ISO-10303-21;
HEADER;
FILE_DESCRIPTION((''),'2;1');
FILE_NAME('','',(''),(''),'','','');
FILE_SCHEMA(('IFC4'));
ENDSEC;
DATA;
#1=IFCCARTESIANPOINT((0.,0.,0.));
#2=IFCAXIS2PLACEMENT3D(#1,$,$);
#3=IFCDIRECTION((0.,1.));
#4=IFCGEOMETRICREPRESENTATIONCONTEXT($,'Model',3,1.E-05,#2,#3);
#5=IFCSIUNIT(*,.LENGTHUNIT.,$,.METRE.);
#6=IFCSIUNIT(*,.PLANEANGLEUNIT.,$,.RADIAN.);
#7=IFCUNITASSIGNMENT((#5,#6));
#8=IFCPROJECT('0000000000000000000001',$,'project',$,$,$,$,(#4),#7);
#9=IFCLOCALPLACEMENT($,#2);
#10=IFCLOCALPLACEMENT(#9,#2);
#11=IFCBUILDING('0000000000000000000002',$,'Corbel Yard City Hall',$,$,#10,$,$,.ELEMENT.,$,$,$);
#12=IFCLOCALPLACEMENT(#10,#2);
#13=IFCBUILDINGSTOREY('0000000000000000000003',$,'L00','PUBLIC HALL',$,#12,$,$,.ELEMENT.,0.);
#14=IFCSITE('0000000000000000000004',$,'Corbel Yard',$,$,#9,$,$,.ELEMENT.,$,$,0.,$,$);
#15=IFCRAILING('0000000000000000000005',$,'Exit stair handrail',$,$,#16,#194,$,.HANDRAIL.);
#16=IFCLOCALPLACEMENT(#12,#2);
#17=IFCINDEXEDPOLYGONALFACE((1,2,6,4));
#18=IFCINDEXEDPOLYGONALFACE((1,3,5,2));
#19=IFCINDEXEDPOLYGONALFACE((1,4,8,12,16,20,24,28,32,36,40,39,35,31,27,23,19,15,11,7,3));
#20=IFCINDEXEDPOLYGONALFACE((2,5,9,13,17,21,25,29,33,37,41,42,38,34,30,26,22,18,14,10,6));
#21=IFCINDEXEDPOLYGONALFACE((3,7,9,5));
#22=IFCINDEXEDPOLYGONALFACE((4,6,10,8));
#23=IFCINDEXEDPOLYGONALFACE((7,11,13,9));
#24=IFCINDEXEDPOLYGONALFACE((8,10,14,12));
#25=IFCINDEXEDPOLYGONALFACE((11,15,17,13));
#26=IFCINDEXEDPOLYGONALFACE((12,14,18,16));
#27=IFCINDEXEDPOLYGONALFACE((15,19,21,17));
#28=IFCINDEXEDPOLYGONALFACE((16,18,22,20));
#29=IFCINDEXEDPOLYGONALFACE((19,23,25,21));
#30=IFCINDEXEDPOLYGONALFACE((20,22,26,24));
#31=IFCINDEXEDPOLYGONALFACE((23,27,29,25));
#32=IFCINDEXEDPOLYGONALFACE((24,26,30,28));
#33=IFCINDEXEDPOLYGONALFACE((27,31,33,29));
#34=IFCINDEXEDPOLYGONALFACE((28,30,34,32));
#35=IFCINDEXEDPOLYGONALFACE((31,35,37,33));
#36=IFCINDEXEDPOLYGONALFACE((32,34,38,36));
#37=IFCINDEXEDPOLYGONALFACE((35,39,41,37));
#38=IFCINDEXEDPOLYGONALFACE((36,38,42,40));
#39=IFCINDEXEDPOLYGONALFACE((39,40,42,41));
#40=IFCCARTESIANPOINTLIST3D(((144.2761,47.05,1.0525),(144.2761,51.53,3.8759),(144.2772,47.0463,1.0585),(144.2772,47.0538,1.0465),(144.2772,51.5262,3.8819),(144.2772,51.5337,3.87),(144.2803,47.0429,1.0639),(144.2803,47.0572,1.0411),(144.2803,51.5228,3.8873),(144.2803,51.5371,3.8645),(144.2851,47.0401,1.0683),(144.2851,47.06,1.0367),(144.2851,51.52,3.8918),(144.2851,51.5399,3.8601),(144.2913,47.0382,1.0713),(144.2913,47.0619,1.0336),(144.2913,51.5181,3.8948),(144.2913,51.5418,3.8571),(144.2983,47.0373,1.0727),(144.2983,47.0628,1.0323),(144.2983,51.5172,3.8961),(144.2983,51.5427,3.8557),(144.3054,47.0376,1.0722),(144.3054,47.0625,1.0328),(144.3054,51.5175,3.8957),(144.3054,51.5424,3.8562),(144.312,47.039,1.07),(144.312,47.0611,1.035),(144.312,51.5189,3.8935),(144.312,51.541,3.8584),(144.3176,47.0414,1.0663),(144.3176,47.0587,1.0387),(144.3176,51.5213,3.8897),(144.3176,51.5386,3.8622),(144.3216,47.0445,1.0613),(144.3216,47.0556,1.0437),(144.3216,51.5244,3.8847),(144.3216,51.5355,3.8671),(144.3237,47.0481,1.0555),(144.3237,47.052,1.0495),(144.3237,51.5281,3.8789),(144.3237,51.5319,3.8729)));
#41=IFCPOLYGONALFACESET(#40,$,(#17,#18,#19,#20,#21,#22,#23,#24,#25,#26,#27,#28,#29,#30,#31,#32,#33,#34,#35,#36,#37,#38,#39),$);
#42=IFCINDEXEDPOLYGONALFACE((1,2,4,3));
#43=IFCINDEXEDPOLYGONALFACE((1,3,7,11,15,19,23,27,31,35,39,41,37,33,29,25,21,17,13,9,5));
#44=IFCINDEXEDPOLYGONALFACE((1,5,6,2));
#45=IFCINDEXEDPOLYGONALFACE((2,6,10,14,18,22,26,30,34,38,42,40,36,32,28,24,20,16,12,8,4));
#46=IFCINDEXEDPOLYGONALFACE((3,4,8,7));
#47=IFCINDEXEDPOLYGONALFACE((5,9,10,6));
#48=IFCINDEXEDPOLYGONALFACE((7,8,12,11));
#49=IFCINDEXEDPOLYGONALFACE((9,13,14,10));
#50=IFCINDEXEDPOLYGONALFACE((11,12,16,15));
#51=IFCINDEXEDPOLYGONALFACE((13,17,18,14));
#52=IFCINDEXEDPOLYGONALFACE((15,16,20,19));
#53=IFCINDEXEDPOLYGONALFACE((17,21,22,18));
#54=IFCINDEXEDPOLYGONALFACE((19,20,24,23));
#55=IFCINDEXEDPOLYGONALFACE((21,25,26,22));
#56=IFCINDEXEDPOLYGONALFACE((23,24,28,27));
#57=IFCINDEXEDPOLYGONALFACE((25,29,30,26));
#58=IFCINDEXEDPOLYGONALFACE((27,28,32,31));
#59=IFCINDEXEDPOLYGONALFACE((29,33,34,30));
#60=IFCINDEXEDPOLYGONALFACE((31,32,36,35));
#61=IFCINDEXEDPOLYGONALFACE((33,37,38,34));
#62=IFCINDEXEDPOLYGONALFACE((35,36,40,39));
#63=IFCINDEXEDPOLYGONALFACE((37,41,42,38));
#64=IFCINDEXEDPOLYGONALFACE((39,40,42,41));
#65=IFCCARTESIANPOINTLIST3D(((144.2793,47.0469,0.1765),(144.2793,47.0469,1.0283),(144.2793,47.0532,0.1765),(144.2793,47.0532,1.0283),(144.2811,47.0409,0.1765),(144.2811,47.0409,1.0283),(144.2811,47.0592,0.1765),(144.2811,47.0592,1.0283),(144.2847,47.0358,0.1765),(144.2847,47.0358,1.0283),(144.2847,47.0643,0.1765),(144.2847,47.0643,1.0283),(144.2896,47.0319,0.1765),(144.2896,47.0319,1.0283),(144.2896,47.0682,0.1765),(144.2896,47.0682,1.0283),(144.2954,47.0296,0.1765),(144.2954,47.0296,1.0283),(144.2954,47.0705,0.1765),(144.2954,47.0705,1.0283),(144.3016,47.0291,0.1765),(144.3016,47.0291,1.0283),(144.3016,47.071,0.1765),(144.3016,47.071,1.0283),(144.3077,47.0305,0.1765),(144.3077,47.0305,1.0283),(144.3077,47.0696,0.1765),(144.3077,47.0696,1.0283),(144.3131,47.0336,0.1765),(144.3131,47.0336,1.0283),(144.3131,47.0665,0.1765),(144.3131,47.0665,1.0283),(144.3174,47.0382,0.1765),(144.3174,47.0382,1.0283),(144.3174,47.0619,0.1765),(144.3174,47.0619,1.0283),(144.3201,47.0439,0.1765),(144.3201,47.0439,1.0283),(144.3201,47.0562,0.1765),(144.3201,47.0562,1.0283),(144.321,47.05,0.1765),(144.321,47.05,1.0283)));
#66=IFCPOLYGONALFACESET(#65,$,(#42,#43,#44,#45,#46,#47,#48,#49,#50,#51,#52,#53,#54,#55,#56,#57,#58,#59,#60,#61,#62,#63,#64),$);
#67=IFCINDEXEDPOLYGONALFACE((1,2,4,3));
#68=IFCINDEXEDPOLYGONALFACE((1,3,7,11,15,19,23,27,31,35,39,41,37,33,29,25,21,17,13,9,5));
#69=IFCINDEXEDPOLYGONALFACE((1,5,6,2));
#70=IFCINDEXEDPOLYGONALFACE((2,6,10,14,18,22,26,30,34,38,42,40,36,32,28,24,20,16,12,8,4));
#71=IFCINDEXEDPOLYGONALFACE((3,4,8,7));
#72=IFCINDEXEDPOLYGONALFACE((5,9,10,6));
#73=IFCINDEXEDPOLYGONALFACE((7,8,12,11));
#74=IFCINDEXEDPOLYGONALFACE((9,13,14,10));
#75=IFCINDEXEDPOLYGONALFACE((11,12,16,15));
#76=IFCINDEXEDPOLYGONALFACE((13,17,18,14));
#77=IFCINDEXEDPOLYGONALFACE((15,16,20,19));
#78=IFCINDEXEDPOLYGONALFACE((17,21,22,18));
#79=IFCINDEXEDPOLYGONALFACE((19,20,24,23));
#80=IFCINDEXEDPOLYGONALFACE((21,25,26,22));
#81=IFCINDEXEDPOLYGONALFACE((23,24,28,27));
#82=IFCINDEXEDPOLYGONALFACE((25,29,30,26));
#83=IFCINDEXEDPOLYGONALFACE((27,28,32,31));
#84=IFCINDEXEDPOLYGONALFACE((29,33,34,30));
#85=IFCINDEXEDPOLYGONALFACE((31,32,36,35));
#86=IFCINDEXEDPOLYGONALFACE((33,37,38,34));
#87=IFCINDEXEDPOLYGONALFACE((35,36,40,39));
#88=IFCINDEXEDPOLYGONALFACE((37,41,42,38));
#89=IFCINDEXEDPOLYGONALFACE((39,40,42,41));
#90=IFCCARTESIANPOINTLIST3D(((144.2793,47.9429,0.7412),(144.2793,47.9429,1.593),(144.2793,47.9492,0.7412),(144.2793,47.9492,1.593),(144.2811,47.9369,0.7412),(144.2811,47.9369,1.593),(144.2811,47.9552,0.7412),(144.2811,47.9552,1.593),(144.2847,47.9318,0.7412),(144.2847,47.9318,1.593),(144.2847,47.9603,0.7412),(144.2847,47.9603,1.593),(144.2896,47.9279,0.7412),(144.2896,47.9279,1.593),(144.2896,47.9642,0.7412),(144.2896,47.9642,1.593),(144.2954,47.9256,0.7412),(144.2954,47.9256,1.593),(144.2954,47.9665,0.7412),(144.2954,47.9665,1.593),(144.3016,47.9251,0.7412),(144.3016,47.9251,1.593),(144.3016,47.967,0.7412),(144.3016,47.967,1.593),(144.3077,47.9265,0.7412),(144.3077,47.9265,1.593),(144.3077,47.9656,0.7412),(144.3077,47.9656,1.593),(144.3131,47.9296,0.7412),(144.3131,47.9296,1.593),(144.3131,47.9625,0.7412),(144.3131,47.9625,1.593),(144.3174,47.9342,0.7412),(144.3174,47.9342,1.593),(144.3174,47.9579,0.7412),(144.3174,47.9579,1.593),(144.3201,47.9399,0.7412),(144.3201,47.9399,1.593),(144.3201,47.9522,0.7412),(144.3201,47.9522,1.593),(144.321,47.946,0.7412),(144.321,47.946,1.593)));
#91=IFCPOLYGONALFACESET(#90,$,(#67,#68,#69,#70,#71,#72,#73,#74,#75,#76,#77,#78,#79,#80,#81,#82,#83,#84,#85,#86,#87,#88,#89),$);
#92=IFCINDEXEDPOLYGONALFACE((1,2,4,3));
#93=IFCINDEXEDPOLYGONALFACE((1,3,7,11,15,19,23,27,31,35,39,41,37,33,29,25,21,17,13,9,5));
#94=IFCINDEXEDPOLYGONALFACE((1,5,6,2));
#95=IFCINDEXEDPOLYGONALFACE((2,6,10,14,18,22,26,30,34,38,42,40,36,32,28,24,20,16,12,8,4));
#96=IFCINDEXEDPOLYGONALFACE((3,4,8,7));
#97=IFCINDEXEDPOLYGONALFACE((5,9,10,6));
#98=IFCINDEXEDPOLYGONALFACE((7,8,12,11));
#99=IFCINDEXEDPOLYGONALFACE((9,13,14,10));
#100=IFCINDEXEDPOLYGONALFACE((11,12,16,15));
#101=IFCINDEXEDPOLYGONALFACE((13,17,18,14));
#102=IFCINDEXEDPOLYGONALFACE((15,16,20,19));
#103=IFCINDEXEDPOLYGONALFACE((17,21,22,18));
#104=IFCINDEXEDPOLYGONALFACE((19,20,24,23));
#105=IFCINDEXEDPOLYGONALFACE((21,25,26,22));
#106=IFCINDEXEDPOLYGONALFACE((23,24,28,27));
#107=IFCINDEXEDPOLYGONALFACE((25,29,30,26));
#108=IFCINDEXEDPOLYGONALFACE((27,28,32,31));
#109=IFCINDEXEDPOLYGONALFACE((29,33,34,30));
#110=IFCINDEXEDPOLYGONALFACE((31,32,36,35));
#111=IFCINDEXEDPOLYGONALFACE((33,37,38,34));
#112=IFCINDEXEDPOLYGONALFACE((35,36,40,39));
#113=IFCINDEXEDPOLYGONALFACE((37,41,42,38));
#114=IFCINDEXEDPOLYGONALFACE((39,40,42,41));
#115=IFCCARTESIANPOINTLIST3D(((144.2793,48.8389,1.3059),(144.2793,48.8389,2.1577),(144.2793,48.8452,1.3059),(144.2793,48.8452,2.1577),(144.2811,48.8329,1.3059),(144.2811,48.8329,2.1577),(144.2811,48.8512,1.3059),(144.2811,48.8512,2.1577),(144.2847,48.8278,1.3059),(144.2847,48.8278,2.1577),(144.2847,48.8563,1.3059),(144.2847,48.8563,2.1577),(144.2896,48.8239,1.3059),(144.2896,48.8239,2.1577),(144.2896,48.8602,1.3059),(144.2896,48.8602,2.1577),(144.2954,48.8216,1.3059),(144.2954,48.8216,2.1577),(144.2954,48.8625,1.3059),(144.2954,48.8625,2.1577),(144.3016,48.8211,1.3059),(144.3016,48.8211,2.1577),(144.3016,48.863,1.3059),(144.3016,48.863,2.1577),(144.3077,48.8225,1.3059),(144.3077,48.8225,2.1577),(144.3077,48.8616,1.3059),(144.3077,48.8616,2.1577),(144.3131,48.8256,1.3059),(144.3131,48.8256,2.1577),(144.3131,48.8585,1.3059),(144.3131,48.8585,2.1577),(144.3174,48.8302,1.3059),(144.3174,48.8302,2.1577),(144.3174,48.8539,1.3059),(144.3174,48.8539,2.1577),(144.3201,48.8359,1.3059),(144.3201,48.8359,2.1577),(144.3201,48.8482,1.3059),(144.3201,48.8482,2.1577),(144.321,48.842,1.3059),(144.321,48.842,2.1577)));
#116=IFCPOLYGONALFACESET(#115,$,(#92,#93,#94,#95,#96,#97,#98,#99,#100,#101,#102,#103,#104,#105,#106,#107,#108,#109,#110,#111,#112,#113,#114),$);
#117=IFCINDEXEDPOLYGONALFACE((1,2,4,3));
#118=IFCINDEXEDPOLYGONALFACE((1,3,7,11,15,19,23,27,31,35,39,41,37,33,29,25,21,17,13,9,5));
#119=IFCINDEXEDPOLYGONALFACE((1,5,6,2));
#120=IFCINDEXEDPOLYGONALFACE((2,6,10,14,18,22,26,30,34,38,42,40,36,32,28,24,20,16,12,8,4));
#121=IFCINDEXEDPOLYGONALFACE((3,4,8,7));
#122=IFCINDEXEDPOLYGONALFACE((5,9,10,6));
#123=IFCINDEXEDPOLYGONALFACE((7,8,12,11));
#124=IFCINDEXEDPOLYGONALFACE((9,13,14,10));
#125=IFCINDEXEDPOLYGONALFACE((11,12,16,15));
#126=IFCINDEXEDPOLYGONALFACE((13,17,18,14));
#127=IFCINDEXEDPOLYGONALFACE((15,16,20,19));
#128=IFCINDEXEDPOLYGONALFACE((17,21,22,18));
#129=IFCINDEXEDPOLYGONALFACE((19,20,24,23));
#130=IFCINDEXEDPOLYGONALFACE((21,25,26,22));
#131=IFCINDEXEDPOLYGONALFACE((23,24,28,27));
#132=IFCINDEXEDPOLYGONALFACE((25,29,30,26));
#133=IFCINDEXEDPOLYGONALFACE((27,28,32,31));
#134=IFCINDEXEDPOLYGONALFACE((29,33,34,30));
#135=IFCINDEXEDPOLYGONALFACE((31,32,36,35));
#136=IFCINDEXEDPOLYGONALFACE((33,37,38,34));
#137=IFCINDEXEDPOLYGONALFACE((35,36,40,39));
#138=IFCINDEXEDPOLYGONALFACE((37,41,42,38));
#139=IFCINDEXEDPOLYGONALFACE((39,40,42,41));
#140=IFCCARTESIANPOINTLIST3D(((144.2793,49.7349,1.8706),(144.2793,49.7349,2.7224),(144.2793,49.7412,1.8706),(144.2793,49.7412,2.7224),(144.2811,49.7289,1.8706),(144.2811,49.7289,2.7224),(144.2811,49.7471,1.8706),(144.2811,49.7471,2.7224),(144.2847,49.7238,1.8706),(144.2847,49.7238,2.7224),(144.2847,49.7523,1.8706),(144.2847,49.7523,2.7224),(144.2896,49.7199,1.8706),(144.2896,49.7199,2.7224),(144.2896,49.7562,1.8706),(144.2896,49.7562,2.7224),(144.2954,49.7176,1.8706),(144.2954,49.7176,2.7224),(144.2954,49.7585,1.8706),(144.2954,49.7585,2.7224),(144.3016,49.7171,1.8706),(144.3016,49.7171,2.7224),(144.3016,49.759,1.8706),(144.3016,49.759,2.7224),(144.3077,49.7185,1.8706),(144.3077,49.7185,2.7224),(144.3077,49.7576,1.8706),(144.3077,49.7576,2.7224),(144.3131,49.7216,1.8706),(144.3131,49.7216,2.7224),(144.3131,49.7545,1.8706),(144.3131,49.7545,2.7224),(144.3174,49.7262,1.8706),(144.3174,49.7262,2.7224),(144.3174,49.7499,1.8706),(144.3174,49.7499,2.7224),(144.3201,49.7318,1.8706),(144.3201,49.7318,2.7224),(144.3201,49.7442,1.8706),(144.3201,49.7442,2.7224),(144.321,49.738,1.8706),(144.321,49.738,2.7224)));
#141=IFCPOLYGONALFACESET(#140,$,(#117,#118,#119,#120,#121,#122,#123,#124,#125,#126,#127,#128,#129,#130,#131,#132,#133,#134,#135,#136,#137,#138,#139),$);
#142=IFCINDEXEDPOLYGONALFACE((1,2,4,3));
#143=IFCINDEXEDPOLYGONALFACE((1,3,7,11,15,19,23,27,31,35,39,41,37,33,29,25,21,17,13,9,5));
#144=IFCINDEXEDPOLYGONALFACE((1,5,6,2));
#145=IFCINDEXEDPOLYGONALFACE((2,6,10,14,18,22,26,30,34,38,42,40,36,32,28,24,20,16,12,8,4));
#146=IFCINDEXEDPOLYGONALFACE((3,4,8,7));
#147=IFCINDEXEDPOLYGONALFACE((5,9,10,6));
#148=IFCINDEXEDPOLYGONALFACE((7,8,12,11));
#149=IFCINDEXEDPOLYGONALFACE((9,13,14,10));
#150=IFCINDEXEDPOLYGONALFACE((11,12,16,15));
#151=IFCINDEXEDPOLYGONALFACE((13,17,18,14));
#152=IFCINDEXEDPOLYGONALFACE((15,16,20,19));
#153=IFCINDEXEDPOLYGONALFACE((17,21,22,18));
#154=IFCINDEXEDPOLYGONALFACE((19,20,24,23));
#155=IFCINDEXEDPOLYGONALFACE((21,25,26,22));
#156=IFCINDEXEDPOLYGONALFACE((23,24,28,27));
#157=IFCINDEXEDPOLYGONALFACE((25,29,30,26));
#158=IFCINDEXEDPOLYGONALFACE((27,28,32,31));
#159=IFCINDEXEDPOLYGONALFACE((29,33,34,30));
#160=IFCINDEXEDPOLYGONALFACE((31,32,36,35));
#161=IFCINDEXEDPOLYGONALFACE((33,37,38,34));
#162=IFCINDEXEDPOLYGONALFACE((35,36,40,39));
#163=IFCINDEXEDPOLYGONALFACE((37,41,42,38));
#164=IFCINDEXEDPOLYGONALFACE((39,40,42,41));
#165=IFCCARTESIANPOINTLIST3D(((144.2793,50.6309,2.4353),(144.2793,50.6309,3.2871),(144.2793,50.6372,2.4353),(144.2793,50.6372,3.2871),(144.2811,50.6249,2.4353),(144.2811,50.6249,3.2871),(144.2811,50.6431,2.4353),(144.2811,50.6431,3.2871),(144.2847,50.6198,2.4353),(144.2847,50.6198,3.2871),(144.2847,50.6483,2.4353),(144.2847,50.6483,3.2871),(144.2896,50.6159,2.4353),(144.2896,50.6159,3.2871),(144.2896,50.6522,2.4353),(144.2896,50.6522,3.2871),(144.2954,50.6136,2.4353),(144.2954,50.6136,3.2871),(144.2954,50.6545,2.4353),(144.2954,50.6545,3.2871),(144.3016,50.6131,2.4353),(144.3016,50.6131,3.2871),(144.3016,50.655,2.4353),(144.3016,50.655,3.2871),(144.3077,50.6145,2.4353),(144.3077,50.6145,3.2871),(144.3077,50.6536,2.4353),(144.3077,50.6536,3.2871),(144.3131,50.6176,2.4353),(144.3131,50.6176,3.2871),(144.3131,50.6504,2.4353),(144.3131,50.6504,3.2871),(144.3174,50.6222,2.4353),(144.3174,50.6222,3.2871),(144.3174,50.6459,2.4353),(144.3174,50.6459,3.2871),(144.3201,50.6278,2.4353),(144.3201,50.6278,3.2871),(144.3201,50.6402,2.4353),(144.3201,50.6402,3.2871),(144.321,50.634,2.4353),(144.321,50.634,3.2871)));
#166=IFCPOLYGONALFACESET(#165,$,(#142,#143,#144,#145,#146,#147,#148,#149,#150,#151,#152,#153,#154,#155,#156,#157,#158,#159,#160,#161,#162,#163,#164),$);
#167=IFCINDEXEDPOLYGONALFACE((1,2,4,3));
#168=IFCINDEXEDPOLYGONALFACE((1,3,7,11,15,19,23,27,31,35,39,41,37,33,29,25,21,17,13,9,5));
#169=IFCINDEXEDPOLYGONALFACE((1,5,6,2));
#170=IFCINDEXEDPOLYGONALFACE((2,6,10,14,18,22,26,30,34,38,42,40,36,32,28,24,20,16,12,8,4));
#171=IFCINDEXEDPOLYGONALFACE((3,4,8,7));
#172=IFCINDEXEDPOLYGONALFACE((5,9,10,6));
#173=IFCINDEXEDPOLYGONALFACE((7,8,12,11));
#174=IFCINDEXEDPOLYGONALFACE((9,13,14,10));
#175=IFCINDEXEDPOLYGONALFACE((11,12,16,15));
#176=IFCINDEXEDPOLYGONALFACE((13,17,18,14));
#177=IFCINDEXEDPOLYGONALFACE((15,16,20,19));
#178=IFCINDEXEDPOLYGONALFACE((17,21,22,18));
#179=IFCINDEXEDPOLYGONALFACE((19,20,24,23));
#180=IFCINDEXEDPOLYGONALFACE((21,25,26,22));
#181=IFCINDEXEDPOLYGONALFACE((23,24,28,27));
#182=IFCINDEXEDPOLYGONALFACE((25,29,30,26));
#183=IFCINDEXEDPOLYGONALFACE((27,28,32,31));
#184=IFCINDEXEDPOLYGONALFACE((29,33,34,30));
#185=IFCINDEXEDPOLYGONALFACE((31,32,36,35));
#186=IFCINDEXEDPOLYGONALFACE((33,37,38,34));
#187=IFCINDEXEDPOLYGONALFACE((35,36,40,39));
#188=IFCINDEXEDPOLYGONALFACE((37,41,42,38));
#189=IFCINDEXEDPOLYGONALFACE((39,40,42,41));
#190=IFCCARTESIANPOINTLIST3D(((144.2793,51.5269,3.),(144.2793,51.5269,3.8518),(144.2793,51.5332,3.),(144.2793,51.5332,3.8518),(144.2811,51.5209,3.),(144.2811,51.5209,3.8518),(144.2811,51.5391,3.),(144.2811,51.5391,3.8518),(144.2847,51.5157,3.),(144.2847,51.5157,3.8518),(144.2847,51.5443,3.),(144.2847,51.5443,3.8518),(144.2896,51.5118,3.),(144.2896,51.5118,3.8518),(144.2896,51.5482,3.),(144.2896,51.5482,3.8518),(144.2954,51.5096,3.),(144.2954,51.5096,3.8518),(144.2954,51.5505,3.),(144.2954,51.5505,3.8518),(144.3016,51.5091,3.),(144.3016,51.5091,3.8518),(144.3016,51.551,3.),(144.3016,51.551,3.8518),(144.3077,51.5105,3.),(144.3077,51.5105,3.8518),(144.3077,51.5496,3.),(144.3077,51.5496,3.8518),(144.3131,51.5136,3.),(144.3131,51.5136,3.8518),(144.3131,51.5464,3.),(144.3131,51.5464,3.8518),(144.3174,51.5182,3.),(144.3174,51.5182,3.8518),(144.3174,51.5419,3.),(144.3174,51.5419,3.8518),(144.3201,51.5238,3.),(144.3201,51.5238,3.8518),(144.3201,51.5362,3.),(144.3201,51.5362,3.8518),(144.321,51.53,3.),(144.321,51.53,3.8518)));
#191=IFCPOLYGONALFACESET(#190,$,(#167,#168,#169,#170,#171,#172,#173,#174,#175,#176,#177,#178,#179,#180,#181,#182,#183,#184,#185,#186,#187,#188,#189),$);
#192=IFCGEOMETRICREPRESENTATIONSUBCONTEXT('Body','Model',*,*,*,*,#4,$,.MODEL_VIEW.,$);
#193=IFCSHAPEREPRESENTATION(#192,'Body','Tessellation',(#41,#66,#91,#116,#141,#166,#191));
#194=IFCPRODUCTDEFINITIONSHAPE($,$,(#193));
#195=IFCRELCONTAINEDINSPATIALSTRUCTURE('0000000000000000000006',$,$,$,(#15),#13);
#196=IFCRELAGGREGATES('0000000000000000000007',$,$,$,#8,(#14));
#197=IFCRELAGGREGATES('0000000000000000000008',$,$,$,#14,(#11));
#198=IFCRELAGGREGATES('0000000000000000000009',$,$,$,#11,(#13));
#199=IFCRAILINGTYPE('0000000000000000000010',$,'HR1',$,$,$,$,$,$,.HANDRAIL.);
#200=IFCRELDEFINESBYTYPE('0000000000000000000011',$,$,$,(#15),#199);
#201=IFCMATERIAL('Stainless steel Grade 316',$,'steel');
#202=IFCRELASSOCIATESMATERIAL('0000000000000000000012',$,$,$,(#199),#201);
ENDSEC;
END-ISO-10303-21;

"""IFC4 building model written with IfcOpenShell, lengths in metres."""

from ifc_helpers import new_model, si_unit, direction, frame, origin, origin_2d, place, context, subcontext, project, spatial, circle, extrude, material, type_object, element, save


model = new_model("IFC4")

# Units and contexts
model_context = context("Model", 3, precision=1e-05, world=origin(), true_north=direction((0.0, 1.0)))
body_context = subcontext(model_context, "Body", "Model", "MODEL_VIEW")
ifc_project = project(units=[si_unit("LENGTHUNIT", "METRE"), si_unit("PLANEANGLEUNIT", "RADIAN")], contexts=[model_context])

# Site, building, storey
site_placement = place(None, origin())
site = spatial("IfcSite", under=ifc_project, at=site_placement, Name="Corbel Yard", CompositionType="ELEMENT", RefElevation=0.0)
building_placement = place(site_placement, origin())
building = spatial("IfcBuilding", under=site, at=building_placement, Name="Corbel Yard City Hall", CompositionType="ELEMENT")
storey_placement = place(building_placement, origin())
storey = spatial("IfcBuildingStorey", under=building, at=storey_placement, Name="L00", Description="PUBLIC HALL", CompositionType="ELEMENT", Elevation=0.0)

# Railing
ifc_material_1 = material(Name="Stainless steel Grade 316", Category="steel")
railing_type = type_object("IfcRailingType", Name="HR1", PredefinedType="HANDRAIL", material=ifc_material_1)
railing_placement = place(storey_placement, frame((144.3, 47.05, 0.1765)))
element("IfcRailing", 1, at=railing_placement, inside=storey, type_object=railing_type, Name="Exit stair handrail", PredefinedType="HANDRAIL", context=body_context, shape_type="SweptSolid", body=[
    extrude(circle(Radius=0.0239, at=origin_2d()), frame((0.0, 0.0, 0.876), z_axis=(0.0, 0.845998, 0.533186), x_axis=(-1.0, 0.0, 0.0)), (0.0, 0.0, 1.0), 5.2954),
    extrude(circle(Radius=0.021, at=origin_2d()), origin(), (0.0, 0.0, 1.0), 0.8518),
    extrude(circle(Radius=0.021, at=origin_2d()), frame((0.0, 0.896, 0.5647)), (0.0, 0.0, 1.0), 0.8518),
    extrude(circle(Radius=0.021, at=origin_2d()), frame((0.0, 1.792, 1.1294)), (0.0, 0.0, 1.0), 0.8518),
    extrude(circle(Radius=0.021, at=origin_2d()), frame((0.0, 2.688, 1.6941)), (0.0, 0.0, 1.0), 0.8518),
    extrude(circle(Radius=0.021, at=origin_2d()), frame((0.0, 3.584, 2.2588)), (0.0, 0.0, 1.0), 0.8518),
    extrude(circle(Radius=0.021, at=origin_2d()), frame((0.0, 4.48, 2.8235)), (0.0, 0.0, 1.0), 0.8518),
])

save(model, "model.ifc")
